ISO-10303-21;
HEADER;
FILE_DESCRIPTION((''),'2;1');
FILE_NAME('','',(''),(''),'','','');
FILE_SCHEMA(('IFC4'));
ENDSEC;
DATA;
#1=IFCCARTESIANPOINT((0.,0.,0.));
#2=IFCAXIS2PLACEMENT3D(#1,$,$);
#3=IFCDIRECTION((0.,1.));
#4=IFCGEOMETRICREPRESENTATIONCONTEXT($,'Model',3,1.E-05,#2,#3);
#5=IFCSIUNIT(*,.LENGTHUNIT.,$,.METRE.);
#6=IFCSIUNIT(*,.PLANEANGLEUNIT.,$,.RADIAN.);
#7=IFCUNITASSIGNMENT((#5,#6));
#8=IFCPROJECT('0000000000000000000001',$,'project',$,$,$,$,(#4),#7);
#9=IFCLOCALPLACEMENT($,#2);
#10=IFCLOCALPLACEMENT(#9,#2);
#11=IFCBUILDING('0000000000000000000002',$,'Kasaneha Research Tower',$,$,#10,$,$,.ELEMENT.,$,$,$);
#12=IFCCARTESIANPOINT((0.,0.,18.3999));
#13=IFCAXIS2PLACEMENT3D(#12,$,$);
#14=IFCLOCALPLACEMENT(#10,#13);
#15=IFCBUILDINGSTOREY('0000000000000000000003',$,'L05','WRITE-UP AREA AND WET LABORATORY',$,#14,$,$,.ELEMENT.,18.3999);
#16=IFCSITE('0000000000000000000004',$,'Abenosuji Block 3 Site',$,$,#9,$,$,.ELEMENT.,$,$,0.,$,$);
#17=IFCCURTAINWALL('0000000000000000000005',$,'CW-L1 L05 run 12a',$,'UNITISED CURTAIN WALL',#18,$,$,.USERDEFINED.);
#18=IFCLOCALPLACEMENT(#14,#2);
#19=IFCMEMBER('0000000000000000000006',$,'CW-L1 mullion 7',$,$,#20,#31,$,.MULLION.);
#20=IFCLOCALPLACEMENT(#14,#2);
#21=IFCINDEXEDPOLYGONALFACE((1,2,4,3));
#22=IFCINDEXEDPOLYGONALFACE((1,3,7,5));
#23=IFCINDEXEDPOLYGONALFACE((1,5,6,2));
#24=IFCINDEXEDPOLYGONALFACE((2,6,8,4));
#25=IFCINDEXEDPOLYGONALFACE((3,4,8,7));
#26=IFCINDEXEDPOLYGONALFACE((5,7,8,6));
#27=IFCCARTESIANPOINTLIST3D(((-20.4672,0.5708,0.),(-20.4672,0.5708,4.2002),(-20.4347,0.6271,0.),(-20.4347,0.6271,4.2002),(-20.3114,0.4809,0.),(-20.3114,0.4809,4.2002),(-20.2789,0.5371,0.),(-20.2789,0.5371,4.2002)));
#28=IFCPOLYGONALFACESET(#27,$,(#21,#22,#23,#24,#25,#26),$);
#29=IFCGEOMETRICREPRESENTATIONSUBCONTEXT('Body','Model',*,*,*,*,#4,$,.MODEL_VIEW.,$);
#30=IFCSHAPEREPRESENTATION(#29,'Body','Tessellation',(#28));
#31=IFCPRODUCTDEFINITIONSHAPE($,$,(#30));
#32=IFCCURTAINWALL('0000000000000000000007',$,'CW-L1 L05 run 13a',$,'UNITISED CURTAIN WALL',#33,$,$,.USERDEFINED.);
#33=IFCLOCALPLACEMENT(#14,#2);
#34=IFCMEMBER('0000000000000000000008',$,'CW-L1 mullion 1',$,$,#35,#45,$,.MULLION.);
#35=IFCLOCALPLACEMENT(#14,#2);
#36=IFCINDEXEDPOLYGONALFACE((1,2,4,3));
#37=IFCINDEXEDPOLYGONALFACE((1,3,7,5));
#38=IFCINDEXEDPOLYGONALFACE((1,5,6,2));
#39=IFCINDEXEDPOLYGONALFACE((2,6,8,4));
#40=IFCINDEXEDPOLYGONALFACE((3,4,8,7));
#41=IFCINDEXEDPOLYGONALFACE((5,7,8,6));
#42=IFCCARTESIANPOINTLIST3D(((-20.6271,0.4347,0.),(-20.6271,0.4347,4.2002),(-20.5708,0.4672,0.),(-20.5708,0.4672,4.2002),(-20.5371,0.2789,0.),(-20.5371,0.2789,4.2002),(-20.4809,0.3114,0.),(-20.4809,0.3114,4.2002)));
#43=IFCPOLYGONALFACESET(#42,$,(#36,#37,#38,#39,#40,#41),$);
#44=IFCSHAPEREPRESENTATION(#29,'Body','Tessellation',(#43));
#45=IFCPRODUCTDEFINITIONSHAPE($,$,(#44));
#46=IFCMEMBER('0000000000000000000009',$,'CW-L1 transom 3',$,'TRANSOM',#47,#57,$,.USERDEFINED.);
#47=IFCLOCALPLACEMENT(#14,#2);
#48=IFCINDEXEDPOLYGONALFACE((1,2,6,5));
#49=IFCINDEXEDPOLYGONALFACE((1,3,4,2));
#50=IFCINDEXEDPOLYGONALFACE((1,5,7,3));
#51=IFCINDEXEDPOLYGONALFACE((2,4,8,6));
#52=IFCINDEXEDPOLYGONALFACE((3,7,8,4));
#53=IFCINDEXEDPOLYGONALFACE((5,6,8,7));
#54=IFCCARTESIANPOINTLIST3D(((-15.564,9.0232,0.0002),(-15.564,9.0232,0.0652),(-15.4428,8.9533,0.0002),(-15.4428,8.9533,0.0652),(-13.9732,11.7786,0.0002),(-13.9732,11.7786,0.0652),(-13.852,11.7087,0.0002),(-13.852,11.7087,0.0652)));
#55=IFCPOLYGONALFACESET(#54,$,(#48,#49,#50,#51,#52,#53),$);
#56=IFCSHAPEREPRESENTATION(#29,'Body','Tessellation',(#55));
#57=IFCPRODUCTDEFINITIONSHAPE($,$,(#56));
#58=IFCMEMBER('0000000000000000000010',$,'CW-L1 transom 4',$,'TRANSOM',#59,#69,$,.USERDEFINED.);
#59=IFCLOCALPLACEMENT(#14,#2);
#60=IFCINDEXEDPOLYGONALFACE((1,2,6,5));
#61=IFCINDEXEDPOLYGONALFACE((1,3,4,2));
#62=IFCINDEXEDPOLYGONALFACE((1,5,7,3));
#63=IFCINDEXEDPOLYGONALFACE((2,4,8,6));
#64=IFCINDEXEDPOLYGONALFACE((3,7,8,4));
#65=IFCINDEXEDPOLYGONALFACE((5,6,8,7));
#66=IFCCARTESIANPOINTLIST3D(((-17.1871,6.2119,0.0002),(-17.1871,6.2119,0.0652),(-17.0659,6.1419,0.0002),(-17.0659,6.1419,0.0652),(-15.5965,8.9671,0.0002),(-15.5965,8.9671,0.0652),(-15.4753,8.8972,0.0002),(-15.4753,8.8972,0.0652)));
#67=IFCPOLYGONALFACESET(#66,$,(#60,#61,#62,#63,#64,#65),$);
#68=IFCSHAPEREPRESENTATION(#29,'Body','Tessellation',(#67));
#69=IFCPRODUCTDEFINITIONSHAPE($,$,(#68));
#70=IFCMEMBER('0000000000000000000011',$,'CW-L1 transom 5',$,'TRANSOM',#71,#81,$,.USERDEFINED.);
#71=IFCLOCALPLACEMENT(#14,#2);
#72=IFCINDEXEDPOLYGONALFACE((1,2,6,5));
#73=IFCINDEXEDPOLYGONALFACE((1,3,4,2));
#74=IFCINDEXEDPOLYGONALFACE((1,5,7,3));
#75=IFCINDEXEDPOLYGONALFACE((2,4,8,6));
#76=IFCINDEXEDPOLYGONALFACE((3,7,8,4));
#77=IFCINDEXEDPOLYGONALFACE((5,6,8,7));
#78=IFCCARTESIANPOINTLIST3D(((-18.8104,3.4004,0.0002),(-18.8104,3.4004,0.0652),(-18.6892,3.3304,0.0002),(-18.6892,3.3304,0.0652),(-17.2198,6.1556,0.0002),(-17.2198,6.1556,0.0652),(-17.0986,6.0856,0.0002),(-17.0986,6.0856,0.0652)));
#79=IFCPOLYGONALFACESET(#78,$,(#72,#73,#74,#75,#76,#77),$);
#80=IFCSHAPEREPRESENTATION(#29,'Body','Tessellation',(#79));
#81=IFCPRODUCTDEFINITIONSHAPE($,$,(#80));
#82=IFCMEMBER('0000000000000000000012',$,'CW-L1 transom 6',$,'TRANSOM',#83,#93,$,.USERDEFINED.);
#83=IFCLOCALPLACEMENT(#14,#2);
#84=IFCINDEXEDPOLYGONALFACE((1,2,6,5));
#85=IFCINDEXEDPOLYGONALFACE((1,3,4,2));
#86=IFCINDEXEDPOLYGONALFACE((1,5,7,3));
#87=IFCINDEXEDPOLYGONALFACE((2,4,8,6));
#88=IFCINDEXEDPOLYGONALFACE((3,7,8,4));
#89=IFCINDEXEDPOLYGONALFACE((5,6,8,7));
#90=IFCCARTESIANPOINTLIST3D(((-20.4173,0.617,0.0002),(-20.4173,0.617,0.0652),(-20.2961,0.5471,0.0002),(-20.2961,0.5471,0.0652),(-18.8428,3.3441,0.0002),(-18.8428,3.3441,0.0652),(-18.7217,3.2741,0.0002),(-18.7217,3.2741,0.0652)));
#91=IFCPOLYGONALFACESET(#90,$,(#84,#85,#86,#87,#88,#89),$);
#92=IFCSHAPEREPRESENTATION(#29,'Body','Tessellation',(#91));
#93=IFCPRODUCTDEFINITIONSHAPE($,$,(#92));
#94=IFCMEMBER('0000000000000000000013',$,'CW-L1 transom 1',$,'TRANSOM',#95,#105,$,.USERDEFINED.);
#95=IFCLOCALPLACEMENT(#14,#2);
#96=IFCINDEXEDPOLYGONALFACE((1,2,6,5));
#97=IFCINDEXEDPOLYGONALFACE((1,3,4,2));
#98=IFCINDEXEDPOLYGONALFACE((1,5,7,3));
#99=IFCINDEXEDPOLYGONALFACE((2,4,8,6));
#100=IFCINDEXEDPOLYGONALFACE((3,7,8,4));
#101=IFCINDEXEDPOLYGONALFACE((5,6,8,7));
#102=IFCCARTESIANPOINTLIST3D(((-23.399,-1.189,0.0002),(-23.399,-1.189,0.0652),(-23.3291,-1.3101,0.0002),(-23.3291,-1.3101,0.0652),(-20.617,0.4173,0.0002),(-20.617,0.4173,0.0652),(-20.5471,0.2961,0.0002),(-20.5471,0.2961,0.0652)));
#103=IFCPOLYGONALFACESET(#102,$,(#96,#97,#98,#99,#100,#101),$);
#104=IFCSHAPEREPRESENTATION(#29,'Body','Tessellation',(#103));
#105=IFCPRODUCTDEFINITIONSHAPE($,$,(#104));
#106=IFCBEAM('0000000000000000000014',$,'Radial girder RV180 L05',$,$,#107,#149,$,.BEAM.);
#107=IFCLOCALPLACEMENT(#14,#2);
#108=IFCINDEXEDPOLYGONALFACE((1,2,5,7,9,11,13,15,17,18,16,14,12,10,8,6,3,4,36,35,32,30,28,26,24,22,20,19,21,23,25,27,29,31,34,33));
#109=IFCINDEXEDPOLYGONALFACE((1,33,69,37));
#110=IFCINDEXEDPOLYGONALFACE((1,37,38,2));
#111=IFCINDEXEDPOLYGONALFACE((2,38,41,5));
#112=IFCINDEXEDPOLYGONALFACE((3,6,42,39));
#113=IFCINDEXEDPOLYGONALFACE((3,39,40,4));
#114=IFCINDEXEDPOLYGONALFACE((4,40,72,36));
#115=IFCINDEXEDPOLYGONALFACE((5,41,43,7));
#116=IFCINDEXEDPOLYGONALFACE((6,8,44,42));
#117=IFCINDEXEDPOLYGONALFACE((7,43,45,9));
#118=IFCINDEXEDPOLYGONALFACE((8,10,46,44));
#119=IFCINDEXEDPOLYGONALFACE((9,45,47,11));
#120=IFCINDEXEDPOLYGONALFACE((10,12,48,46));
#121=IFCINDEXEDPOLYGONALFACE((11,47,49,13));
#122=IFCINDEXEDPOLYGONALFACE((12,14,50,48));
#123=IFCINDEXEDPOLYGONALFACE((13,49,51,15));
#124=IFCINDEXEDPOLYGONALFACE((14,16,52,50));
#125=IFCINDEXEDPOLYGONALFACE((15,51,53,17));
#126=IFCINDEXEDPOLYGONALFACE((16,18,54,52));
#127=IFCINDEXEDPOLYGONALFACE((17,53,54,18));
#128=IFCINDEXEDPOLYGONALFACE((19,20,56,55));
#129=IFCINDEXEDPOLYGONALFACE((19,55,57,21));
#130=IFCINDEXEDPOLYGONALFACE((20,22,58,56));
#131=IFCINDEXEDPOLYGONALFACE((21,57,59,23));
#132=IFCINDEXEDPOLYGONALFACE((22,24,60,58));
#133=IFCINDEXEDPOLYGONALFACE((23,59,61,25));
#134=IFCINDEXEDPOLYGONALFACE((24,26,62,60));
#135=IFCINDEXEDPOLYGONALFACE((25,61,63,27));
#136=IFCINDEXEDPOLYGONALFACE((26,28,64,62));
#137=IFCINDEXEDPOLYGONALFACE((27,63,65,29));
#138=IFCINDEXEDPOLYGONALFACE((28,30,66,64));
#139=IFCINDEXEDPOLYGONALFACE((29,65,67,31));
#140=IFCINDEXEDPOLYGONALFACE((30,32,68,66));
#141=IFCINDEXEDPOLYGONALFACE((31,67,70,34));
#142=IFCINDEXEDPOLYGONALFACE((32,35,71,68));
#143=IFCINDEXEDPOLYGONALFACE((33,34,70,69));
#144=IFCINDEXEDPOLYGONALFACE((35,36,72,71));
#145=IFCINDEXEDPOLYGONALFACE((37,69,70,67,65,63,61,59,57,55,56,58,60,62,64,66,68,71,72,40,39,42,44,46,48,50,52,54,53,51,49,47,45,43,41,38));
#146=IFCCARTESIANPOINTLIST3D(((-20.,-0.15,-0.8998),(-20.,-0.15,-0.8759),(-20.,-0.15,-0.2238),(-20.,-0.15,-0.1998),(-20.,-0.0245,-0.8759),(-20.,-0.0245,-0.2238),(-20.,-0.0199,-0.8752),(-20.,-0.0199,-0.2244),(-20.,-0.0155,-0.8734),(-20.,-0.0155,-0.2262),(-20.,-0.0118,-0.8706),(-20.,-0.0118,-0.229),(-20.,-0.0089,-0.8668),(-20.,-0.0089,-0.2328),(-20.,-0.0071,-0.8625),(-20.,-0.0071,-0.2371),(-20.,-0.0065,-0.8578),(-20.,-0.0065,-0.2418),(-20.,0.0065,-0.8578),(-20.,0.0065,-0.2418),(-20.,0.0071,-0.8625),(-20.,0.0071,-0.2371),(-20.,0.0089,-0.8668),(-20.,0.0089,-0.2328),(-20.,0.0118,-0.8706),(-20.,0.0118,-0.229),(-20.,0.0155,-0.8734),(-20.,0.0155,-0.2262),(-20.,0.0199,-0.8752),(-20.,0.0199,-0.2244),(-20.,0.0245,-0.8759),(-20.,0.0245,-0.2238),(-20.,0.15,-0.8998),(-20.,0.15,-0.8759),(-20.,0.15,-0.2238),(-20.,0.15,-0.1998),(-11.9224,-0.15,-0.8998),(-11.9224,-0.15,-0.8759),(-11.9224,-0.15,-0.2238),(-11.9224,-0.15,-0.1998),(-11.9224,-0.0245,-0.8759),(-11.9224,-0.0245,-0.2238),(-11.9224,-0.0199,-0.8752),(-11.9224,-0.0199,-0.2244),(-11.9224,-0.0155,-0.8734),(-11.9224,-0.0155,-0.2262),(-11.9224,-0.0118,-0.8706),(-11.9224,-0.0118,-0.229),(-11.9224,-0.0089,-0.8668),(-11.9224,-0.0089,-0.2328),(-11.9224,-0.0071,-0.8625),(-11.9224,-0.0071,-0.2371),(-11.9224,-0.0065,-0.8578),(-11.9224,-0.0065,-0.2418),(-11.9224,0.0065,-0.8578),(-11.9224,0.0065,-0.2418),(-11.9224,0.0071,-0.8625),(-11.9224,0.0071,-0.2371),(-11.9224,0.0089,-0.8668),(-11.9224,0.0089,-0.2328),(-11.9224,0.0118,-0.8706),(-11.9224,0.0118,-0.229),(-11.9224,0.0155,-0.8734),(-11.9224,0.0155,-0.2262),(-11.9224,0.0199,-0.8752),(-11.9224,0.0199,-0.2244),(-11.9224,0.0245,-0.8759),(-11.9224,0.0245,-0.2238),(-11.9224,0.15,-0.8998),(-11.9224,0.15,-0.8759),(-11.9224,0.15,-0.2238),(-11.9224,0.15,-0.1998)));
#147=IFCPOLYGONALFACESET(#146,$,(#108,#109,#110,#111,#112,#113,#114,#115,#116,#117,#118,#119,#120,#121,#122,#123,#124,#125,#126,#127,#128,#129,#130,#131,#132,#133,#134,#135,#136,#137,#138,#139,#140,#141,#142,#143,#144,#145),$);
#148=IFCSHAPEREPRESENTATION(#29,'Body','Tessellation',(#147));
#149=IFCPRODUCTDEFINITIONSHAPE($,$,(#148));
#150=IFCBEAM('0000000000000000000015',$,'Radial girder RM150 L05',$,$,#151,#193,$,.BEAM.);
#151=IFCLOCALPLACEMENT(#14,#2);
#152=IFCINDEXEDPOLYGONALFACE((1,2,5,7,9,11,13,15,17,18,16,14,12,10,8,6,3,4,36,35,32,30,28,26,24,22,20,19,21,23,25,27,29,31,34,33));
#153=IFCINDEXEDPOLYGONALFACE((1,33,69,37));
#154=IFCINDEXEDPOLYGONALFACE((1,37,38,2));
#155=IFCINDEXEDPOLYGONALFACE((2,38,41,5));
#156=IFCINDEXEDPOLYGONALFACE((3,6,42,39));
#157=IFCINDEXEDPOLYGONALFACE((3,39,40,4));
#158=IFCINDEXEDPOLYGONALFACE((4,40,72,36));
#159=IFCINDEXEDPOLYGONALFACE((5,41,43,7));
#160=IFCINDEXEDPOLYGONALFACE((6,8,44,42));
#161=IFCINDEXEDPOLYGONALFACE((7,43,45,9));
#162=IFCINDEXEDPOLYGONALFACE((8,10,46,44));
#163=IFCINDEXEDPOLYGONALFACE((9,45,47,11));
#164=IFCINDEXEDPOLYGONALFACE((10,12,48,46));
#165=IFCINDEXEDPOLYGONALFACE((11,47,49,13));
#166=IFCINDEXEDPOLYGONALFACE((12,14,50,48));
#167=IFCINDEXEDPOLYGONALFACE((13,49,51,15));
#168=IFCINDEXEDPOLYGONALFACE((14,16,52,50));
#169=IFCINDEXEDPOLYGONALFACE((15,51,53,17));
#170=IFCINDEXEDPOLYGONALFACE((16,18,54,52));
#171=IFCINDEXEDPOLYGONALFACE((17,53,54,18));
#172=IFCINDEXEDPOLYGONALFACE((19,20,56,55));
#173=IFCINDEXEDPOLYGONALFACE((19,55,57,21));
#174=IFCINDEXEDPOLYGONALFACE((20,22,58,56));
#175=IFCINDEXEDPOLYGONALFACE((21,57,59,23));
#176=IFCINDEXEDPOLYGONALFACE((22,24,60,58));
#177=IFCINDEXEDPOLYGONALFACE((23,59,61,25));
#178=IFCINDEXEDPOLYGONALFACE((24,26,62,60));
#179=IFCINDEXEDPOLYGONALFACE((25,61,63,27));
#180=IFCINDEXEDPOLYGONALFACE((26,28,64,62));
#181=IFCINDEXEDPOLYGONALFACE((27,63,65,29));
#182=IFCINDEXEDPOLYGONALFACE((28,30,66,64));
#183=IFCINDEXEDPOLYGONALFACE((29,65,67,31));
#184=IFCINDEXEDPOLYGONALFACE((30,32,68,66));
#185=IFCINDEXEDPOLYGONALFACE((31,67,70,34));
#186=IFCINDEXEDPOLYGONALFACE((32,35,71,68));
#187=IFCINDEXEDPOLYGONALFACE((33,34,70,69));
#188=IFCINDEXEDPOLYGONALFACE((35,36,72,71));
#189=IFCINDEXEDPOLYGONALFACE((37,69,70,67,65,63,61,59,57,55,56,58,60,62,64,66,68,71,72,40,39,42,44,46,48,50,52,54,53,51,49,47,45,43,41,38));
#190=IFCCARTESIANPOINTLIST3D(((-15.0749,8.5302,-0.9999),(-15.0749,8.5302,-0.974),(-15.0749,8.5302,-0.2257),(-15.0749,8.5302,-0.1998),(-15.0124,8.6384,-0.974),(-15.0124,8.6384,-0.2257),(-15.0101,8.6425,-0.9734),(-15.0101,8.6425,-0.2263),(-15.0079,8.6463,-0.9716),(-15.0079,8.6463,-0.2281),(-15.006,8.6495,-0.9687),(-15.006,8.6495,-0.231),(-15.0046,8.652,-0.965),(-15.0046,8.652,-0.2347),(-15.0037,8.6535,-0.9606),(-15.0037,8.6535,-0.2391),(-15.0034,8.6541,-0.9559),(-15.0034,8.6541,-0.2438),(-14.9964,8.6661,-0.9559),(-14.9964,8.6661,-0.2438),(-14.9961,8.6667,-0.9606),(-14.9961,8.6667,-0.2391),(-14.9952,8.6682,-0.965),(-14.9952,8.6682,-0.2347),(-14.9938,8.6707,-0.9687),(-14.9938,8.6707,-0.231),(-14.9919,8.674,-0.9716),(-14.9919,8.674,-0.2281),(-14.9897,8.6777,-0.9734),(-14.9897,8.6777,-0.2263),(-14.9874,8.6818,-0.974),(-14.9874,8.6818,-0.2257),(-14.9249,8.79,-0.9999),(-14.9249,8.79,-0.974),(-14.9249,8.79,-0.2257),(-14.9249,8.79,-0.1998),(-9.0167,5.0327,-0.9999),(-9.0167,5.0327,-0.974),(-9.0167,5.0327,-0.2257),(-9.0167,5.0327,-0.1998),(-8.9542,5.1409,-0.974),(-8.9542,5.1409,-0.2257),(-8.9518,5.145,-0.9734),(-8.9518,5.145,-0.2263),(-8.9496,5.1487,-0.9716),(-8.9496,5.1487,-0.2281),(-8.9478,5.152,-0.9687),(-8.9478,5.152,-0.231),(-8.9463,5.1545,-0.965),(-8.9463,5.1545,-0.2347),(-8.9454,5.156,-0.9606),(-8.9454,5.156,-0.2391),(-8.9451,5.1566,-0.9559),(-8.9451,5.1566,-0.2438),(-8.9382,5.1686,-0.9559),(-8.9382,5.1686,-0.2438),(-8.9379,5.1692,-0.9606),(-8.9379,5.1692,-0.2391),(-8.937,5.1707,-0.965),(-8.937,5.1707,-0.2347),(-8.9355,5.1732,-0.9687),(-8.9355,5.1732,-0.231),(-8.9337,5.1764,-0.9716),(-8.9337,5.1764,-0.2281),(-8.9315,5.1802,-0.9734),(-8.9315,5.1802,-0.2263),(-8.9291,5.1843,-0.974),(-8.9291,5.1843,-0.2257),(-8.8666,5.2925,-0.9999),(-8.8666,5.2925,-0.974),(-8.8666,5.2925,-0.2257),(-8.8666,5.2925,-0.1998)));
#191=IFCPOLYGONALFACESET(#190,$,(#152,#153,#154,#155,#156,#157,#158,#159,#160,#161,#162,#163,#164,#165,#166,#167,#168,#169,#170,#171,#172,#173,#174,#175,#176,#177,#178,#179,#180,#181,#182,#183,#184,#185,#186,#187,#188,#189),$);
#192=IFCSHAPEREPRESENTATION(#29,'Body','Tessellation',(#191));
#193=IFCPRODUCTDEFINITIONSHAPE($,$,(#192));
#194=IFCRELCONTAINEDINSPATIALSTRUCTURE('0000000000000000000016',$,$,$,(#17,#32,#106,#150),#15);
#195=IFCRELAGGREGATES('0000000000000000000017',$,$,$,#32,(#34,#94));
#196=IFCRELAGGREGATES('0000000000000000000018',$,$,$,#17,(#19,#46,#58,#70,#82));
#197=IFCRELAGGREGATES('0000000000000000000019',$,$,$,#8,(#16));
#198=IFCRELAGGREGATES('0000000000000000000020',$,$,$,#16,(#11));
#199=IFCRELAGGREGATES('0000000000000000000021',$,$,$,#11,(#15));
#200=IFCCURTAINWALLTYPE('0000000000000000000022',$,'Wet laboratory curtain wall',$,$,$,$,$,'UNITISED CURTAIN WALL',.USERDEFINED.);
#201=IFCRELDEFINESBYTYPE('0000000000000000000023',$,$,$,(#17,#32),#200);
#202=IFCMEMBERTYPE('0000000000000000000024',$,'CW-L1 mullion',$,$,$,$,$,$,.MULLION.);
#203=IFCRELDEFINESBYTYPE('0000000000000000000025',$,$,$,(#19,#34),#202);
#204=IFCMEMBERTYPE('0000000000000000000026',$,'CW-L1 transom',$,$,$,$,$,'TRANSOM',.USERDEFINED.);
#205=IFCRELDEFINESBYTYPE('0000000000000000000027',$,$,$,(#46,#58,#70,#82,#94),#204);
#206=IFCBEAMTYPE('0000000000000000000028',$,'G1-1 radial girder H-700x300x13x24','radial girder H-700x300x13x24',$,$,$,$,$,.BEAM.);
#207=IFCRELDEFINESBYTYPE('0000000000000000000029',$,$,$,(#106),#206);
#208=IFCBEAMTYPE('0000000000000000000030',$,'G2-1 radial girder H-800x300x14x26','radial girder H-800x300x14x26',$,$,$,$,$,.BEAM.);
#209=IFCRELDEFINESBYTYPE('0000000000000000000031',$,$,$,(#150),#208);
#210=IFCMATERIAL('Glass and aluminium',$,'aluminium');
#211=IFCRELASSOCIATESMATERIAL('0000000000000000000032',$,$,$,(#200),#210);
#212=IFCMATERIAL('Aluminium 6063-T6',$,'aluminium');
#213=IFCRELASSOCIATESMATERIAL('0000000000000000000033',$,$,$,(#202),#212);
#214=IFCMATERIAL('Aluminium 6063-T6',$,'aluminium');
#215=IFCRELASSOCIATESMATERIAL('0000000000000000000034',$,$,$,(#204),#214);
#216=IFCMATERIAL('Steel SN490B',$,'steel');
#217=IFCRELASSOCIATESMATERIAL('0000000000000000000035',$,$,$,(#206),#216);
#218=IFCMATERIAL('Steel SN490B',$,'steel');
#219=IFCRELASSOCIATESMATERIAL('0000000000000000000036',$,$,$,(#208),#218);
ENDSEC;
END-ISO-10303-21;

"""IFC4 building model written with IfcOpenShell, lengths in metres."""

from ifc_helpers import new_model, si_unit, direction, frame, origin, origin_2d, place, context, subcontext, project, spatial, rectangle, i_section, extrude, material, material_profile, profile_set, type_object, element, aggregate, save


model = new_model("IFC4")

# Units and contexts
model_context = context("Model", 3, precision=1e-05, world=origin(), true_north=direction((0.0, 1.0)))
body_context = subcontext(model_context, "Body", "Model", "MODEL_VIEW")
ifc_project = project(units=[si_unit("LENGTHUNIT", "METRE"), si_unit("PLANEANGLEUNIT", "RADIAN")], contexts=[model_context])

# Site, building, storey
site_placement = place(None, origin())
site = spatial("IfcSite", under=ifc_project, at=site_placement, Name="Abenosuji Block 3 Site", CompositionType="ELEMENT", RefElevation=0.0)
building_placement = place(site_placement, origin())
building = spatial("IfcBuilding", under=site, at=building_placement, Name="Kasaneha Research Tower", CompositionType="ELEMENT")
storey_placement = place(building_placement, frame((0.0, 0.0, 18.3999)))
storey = spatial("IfcBuildingStorey", under=building, at=storey_placement, Name="L05", Description="WRITE-UP AREA AND WET LABORATORY", CompositionType="ELEMENT", Elevation=18.3999)

# Curtain wall, member
ifc_material_1 = material(Name="Glass and aluminium", Category="aluminium")
curtain_wall_type = type_object("IfcCurtainWallType", Name="Wet laboratory curtain wall", ElementType="UNITISED CURTAIN WALL", PredefinedType="USERDEFINED", material=ifc_material_1)
curtain_wall_1_placement = place(storey_placement, origin())
curtain_wall_1 = element("IfcCurtainWall", 1, at=curtain_wall_1_placement, inside=storey, type_object=curtain_wall_type, Name="CW-L1 L05 run 12a", ObjectType="UNITISED CURTAIN WALL", PredefinedType="USERDEFINED")
ifc_material_2 = material(Name="Aluminium 6063-T6", Category="aluminium")
ifc_material_profile_1 = material_profile(ifc_material_2, rectangle(XDim=0.0649, YDim=0.1799, at=origin_2d()), Name="CW-L1 mullion 65x180")
ifc_profile_set_1 = profile_set([ifc_material_profile_1], Name="Aluminium 6063-T6")
member_type_1 = type_object("IfcMemberType", Name="CW-L1 mullion", PredefinedType="MULLION", material=ifc_profile_set_1)
member_1_placement = place(storey_placement, frame((-20.373, 0.554, 0.0), z_axis=(0.0, 0.0, 1.0), x_axis=(-0.5, -0.866025, 0.0)))
member_1 = element("IfcMember", 2, at=member_1_placement, type_object=member_type_1, Name="CW-L1 mullion 7", PredefinedType="MULLION", context=body_context, shape_type="SweptSolid", body=[
    extrude(rectangle(XDim=0.0649, YDim=0.1799, at=origin_2d()), origin(), (0.0, 0.0, 1.0), 4.2002),
])

# Curtain wall, member
curtain_wall_2_placement = place(storey_placement, origin())
curtain_wall_2 = element("IfcCurtainWall", 3, at=curtain_wall_2_placement, inside=storey, type_object=curtain_wall_type, Name="CW-L1 L05 run 13a", ObjectType="UNITISED CURTAIN WALL", PredefinedType="USERDEFINED")
member_2_placement = place(storey_placement, frame((-20.554, 0.373, 0.0), z_axis=(0.0, 0.0, 1.0), x_axis=(-0.866025, -0.5, 0.0)))
member_2 = element("IfcMember", 4, at=member_2_placement, type_object=member_type_1, Name="CW-L1 mullion 1", PredefinedType="MULLION", context=body_context, shape_type="SweptSolid", body=[
    extrude(rectangle(XDim=0.0649, YDim=0.1799, at=origin_2d()), origin(), (0.0, 0.0, 1.0), 4.2002),
])

# Members
ifc_material_3 = material(Name="Aluminium 6063-T6", Category="aluminium")
ifc_material_profile_2 = material_profile(ifc_material_3, rectangle(XDim=0.1399, YDim=0.0649, at=origin_2d()), Name="CW-L1 transom 140x65")
ifc_profile_set_2 = profile_set([ifc_material_profile_2], Name="Aluminium 6063-T6")
member_type_2 = type_object("IfcMemberType", Name="CW-L1 transom", ElementType="TRANSOM", PredefinedType="USERDEFINED", material=ifc_profile_set_2)
member_3_placement = place(storey_placement, frame((-13.9126, 11.7437, 0.0327), z_axis=(-0.500001, -0.866025, 0.0), x_axis=(0.866025, -0.500001, 0.0)))
member_3 = element("IfcMember", 5, at=member_3_placement, type_object=member_type_2, Name="CW-L1 transom 3", ObjectType="TRANSOM", PredefinedType="USERDEFINED", context=body_context, shape_type="SweptSolid", body=[
    extrude(rectangle(XDim=0.1399, YDim=0.0649, at=origin_2d()), origin(), (0.0, 0.0, 1.0), 3.1816),
])
member_4_placement = place(storey_placement, frame((-15.5359, 8.9321, 0.0327), z_axis=(-0.499977, -0.866039, 0.0), x_axis=(0.866039, -0.499977, 0.0)))
member_4 = element("IfcMember", 6, at=member_4_placement, type_object=member_type_2, Name="CW-L1 transom 4", ObjectType="TRANSOM", PredefinedType="USERDEFINED", context=body_context, shape_type="SweptSolid", body=[
    extrude(rectangle(XDim=0.1399, YDim=0.0649, at=origin_2d()), origin(), (0.0, 0.0, 1.0), 3.1814),
])
member_5_placement = place(storey_placement, frame((-17.1592, 6.1206, 0.0327), z_axis=(-0.499977, -0.866039, 0.0), x_axis=(0.866039, -0.499977, 0.0)))
member_5 = element("IfcMember", 7, at=member_5_placement, type_object=member_type_2, Name="CW-L1 transom 5", ObjectType="TRANSOM", PredefinedType="USERDEFINED", context=body_context, shape_type="SweptSolid", body=[
    extrude(rectangle(XDim=0.1399, YDim=0.0649, at=origin_2d()), origin(), (0.0, 0.0, 1.0), 3.1814),
])
member_6_placement = place(storey_placement, frame((-18.7822, 3.3091, 0.0327), z_axis=(-0.5, -0.866025, 0.0), x_axis=(0.866025, -0.5, 0.0)))
member_6 = element("IfcMember", 8, at=member_6_placement, type_object=member_type_2, Name="CW-L1 transom 6", ObjectType="TRANSOM", PredefinedType="USERDEFINED", context=body_context, shape_type="SweptSolid", body=[
    extrude(rectangle(XDim=0.1399, YDim=0.0649, at=origin_2d()), origin(), (0.0, 0.0, 1.0), 3.1489),
])
member_7_placement = place(storey_placement, frame((-20.582, 0.3567, 0.0327), z_axis=(-0.866022, -0.500005, 0.0), x_axis=(0.500005, -0.866022, 0.0)))
member_7 = element("IfcMember", 9, at=member_7_placement, type_object=member_type_2, Name="CW-L1 transom 1", ObjectType="TRANSOM", PredefinedType="USERDEFINED", context=body_context, shape_type="SweptSolid", body=[
    extrude(rectangle(XDim=0.1399, YDim=0.0649, at=origin_2d()), origin(), (0.0, 0.0, 1.0), 3.2124),
])
aggregate(curtain_wall_2, [member_2, member_7])

# Beams
ifc_material_4 = material(Name="Steel SN490B", Category="steel")
ifc_material_profile_3 = material_profile(ifc_material_4, i_section(OverallWidth=0.3, OverallDepth=0.7, WebThickness=0.0129, FlangeThickness=0.0239, FilletRadius=0.0181, at=origin_2d()), Name="H-700x300x13x24")
ifc_profile_set_3 = profile_set([ifc_material_profile_3], Name="Steel SN490B")
beam_type_1 = type_object("IfcBeamType", Name="G1-1 radial girder H-700x300x13x24", Description="radial girder H-700x300x13x24", PredefinedType="BEAM", material=ifc_profile_set_3)
beam_1_placement = place(storey_placement, frame((-11.9224, 0.0, -0.5498), z_axis=(-1.0, 0.0, 0.0), x_axis=(0.0, -1.0, 0.0)))
element("IfcBeam", 10, at=beam_1_placement, inside=storey, type_object=beam_type_1, Name="Radial girder RV180 L05", PredefinedType="BEAM", context=body_context, shape_type="SweptSolid", body=[
    extrude(i_section(OverallWidth=0.3, OverallDepth=0.7, WebThickness=0.0129, FlangeThickness=0.0239, FilletRadius=0.0181, at=origin_2d()), origin(), (0.0, 0.0, 1.0), 8.0776),
])
ifc_material_5 = material(Name="Steel SN490B", Category="steel")
ifc_material_profile_4 = material_profile(ifc_material_5, i_section(OverallWidth=0.3, OverallDepth=0.8, WebThickness=0.0139, FlangeThickness=0.0259, FilletRadius=0.0181, at=origin_2d()), Name="H-800x300x14x26")
ifc_profile_set_4 = profile_set([ifc_material_profile_4], Name="Steel SN490B")
beam_type_2 = type_object("IfcBeamType", Name="G2-1 radial girder H-800x300x14x26", Description="radial girder H-800x300x14x26", PredefinedType="BEAM", material=ifc_profile_set_4)
beam_2_placement = place(storey_placement, frame((-8.9417, 5.1626, -0.5999), z_axis=(-0.86604, 0.499975, 0.0), x_axis=(-0.499975, -0.86604, 0.0)))
element("IfcBeam", 11, at=beam_2_placement, inside=storey, type_object=beam_type_2, Name="Radial girder RM150 L05", PredefinedType="BEAM", context=body_context, shape_type="SweptSolid", body=[
    extrude(i_section(OverallWidth=0.3, OverallDepth=0.8, WebThickness=0.0139, FlangeThickness=0.0259, FilletRadius=0.0181, at=origin_2d()), origin(), (0.0, 0.0, 1.0), 6.9954),
])

aggregate(curtain_wall_1, [member_1, member_3, member_4, member_5, member_6])

save(model, "model.ifc")
